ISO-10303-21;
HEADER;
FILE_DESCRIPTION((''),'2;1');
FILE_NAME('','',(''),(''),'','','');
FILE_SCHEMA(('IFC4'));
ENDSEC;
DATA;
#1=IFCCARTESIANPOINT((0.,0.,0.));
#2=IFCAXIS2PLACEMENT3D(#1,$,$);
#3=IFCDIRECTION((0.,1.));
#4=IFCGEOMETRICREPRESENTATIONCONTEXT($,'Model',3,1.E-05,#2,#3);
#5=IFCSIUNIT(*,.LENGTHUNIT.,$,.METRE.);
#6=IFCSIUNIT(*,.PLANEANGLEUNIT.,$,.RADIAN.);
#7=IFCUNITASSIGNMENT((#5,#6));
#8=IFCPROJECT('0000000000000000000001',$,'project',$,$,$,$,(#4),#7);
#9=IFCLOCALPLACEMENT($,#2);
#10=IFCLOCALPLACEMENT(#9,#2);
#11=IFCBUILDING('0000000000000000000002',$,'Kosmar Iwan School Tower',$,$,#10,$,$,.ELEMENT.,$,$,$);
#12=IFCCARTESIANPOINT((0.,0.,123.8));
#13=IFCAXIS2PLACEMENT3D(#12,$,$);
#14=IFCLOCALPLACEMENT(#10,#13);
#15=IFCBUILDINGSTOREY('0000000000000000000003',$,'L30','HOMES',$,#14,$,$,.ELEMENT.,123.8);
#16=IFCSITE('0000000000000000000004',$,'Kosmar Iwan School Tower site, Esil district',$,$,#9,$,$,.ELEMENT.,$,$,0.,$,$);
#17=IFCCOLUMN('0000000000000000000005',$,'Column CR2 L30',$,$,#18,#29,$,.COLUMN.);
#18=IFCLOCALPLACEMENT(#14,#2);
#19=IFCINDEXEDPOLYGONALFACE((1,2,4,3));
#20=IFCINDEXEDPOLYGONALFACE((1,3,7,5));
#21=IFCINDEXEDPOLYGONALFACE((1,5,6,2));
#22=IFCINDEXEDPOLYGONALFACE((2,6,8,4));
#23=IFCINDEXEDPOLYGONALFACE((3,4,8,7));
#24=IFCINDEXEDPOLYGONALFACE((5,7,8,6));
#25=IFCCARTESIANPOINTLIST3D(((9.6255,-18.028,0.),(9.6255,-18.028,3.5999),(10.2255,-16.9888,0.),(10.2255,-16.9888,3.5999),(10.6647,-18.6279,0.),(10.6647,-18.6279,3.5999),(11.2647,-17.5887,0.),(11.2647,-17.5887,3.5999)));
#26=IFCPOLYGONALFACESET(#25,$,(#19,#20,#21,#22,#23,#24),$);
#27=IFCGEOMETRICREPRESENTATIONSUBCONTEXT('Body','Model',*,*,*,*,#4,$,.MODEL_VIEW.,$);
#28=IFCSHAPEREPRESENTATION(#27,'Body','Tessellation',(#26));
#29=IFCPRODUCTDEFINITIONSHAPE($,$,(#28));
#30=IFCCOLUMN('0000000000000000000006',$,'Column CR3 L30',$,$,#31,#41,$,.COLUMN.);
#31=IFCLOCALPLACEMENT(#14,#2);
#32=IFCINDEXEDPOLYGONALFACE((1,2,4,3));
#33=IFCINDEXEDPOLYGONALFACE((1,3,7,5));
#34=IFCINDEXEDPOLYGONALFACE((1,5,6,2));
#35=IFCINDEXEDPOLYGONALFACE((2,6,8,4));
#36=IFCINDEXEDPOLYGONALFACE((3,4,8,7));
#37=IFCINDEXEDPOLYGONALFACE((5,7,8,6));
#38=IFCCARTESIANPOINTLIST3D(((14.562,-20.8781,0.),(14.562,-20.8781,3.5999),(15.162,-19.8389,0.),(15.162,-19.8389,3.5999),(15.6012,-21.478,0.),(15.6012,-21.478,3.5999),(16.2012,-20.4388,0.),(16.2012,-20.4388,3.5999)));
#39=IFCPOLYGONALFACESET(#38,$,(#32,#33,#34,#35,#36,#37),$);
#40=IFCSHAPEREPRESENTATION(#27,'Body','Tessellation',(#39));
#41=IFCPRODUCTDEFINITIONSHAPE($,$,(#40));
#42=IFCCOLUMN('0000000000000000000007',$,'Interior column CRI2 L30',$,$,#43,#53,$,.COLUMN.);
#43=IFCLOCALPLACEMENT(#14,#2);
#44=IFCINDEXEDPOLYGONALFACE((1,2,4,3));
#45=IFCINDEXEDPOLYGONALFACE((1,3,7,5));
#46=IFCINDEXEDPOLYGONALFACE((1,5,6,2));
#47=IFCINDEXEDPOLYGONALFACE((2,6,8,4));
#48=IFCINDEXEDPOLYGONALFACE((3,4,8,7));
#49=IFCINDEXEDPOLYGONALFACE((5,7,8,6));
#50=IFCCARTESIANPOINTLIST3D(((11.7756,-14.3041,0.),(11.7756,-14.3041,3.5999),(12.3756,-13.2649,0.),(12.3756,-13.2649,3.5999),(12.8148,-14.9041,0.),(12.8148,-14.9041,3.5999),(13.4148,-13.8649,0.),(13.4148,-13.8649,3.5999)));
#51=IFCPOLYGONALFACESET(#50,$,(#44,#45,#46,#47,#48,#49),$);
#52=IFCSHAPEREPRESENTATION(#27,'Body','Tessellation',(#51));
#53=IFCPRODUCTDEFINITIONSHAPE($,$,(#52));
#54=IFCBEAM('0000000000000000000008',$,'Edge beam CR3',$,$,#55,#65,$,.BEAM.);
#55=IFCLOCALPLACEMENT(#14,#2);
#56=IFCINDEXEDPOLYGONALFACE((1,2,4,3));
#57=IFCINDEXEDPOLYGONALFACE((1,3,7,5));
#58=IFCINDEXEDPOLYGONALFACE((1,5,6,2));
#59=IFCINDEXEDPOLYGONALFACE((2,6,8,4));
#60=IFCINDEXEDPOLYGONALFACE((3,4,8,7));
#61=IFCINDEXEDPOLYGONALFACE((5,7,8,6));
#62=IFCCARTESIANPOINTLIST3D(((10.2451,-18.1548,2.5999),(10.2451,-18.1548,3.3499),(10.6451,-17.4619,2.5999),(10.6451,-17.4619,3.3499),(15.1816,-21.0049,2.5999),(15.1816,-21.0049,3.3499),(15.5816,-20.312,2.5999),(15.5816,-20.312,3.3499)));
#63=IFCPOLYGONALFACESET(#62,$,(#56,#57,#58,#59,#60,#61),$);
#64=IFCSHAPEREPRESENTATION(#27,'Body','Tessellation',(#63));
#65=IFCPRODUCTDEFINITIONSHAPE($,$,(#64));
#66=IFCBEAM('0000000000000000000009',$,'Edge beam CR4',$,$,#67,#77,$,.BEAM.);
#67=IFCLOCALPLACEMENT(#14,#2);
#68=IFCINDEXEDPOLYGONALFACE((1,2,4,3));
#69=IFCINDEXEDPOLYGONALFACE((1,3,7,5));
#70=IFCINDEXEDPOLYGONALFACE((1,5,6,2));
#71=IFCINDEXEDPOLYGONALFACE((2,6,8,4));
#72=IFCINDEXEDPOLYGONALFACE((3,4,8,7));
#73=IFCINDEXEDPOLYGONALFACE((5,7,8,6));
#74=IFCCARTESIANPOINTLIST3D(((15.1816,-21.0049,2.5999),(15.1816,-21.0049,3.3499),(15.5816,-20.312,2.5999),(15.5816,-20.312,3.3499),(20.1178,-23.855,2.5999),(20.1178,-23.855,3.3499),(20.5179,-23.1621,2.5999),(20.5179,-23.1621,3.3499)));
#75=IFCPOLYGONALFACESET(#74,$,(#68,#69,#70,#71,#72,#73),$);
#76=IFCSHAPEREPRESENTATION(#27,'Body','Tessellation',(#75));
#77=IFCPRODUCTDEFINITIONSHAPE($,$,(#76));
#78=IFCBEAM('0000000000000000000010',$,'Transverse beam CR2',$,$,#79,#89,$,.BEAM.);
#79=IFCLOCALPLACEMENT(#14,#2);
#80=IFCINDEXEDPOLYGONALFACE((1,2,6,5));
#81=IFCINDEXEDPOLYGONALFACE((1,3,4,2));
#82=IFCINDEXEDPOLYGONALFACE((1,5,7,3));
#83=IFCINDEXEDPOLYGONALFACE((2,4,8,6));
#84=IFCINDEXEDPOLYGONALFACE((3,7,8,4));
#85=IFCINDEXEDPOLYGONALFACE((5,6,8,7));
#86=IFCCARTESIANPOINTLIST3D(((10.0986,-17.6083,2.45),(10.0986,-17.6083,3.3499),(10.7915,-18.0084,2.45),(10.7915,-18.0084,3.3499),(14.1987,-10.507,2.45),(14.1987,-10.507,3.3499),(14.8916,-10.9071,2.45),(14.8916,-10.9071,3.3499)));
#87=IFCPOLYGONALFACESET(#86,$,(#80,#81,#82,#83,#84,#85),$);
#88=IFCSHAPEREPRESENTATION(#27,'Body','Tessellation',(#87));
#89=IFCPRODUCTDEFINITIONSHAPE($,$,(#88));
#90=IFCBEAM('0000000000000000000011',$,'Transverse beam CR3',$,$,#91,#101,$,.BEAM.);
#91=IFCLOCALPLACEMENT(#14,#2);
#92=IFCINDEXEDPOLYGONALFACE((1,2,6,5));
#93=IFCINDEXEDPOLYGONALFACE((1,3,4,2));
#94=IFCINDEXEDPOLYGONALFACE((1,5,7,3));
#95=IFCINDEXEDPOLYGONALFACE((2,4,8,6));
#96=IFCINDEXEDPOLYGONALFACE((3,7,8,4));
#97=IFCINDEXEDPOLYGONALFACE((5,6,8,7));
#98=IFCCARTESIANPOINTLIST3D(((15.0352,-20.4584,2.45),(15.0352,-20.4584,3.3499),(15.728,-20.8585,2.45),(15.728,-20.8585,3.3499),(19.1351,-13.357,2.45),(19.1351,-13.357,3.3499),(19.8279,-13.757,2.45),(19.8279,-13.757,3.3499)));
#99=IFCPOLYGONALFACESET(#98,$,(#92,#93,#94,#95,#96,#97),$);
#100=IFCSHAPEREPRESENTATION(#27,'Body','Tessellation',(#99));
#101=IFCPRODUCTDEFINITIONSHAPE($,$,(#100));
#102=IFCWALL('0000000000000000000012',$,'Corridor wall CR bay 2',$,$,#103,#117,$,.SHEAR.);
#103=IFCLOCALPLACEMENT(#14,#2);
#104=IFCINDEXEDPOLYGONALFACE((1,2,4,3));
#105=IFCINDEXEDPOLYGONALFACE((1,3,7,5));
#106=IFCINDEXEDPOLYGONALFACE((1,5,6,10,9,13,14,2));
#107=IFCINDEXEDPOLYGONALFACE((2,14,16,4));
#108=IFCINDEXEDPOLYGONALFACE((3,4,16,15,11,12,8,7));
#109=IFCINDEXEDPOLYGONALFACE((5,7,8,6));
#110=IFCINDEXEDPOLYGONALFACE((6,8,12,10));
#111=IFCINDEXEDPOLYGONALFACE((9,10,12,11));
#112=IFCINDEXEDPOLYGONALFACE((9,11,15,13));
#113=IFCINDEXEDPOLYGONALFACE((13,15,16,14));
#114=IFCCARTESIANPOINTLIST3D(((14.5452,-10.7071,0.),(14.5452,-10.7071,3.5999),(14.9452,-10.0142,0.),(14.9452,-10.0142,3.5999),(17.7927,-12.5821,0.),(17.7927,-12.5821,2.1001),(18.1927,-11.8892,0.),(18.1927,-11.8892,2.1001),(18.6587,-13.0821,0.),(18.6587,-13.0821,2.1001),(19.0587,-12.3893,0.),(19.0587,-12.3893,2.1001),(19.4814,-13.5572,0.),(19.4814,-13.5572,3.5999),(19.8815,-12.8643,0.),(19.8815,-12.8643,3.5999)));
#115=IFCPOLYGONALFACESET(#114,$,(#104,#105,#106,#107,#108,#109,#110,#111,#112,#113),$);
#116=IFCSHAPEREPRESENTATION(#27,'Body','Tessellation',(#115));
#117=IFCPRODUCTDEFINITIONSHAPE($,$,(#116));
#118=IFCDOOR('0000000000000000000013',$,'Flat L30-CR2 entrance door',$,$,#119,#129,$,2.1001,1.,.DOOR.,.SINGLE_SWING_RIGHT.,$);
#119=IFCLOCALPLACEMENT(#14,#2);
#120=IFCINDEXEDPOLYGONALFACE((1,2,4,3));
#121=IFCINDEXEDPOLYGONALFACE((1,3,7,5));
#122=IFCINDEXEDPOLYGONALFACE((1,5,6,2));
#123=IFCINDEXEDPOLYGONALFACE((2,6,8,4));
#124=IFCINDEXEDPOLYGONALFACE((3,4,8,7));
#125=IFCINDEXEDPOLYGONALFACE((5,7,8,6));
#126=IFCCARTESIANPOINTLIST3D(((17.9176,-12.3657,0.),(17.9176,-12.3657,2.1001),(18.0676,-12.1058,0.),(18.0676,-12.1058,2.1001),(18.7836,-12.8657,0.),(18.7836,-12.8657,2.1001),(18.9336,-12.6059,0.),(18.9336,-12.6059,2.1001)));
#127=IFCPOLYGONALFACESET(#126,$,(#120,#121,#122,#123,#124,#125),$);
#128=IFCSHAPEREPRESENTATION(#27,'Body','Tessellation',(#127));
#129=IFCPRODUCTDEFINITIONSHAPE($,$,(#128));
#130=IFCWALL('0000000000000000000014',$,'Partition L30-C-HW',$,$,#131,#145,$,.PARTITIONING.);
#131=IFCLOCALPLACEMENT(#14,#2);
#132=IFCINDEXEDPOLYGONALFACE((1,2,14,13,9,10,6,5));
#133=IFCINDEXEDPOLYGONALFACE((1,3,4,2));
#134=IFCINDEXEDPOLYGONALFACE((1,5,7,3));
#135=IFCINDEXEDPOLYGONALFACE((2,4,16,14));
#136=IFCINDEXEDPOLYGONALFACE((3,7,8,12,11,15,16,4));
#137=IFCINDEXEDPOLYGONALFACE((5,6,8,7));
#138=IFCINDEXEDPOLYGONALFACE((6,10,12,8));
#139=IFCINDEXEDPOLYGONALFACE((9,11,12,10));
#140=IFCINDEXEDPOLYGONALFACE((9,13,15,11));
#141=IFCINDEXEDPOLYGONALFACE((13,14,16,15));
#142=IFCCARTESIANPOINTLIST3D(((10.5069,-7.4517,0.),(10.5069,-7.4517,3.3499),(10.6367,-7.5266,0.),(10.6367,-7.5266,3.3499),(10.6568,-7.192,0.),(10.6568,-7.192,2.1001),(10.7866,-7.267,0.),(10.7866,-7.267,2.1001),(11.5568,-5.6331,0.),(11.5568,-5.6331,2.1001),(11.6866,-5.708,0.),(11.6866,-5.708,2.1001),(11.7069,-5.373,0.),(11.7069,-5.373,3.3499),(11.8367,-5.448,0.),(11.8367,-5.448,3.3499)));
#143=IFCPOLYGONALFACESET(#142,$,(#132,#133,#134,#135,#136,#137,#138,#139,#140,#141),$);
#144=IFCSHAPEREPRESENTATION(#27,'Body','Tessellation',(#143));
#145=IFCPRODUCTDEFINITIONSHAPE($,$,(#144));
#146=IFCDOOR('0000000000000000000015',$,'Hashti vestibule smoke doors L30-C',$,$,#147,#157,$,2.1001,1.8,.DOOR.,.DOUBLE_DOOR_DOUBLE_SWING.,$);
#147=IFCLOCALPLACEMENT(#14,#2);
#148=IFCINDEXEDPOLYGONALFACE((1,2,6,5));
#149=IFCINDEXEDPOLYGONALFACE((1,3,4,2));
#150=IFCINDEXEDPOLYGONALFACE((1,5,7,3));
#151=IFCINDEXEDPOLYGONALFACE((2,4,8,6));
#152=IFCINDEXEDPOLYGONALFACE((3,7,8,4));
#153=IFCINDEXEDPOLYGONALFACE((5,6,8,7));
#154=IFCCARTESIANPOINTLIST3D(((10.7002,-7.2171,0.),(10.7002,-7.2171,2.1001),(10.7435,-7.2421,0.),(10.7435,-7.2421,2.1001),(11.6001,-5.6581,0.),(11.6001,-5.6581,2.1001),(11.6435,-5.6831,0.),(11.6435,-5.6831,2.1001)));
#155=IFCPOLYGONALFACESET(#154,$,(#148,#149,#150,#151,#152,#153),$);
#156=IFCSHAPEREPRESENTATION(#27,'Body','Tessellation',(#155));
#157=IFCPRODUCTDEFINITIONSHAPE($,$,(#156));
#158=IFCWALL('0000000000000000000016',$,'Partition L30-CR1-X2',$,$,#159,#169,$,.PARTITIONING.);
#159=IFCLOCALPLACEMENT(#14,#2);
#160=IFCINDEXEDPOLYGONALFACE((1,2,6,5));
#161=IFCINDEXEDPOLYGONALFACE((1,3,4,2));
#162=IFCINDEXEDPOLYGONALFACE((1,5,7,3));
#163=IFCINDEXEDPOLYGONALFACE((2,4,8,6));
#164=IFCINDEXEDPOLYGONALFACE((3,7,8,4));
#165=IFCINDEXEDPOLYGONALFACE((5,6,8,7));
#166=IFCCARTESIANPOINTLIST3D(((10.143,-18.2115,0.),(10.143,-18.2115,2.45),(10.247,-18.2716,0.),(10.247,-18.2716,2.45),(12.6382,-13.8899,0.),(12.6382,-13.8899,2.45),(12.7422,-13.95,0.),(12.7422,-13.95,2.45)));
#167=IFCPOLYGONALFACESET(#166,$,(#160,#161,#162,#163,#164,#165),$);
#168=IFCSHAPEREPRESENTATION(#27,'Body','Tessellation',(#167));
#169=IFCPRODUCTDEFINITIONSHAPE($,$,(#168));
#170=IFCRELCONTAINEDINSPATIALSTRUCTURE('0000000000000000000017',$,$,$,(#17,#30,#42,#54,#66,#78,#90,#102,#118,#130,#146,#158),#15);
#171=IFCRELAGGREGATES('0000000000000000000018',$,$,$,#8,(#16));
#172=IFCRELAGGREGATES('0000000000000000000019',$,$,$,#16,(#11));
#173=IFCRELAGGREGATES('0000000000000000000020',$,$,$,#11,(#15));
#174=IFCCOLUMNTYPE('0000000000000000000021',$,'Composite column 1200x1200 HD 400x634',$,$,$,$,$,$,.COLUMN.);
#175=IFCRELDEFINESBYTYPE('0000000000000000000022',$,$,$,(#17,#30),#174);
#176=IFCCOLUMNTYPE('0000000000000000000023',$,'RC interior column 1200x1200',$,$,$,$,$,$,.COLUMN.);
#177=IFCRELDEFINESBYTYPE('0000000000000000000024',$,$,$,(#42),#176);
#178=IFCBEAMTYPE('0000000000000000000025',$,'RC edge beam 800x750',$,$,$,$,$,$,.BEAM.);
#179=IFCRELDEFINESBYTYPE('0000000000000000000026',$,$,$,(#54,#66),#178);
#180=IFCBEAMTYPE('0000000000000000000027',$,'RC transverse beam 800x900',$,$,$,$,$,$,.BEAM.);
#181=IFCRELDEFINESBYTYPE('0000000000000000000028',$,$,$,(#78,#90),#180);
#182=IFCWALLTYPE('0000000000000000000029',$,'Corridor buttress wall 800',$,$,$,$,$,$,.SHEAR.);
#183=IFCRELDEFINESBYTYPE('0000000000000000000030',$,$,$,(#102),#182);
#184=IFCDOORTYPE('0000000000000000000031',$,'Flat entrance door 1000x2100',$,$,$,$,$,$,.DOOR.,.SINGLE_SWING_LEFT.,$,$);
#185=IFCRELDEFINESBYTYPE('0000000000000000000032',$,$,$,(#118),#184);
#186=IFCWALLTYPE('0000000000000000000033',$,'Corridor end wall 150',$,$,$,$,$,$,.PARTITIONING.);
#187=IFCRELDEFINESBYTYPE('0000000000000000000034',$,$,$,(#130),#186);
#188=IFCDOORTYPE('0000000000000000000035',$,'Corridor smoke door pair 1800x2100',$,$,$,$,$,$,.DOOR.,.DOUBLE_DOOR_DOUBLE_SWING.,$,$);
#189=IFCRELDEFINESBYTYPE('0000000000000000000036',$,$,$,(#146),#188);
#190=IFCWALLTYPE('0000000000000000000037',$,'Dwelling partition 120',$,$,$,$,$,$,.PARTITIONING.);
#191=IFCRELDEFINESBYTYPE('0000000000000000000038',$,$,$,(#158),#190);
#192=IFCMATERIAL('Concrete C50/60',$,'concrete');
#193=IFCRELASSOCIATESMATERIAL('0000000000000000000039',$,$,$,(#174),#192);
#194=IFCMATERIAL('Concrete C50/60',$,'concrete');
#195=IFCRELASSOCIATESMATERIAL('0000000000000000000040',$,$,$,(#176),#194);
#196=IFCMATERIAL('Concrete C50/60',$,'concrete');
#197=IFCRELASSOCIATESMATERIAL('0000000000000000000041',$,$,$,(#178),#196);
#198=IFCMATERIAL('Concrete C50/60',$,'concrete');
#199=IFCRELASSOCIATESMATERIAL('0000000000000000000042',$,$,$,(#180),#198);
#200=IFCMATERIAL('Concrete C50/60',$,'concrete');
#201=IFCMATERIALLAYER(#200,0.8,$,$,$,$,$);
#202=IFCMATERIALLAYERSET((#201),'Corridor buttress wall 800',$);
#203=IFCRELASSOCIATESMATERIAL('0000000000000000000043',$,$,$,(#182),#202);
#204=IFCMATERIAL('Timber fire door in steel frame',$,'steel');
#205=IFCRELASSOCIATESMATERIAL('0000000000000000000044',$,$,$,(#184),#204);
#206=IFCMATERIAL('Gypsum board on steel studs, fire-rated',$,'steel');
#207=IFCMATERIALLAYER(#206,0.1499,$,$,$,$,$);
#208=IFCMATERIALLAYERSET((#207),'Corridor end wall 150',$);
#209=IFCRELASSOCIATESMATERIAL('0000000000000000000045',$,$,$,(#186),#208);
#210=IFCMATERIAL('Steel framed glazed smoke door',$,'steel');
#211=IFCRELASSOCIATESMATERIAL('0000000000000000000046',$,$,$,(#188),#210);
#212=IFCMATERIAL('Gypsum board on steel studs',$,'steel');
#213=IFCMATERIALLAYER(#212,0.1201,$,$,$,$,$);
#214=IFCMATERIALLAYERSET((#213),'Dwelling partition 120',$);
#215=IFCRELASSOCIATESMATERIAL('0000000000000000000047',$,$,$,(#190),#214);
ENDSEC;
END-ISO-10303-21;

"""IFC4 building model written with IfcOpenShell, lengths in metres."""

from ifc_helpers import new_model, si_unit, direction, frame, frame_2d, origin, origin_2d, place, context, subcontext, project, spatial, rectangle, extrude, material, layer, layer_set, material_profile, profile_set, type_object, element, fill, save


model = new_model("IFC4")

# Units and contexts
model_context = context("Model", 3, precision=1e-05, world=origin(), true_north=direction((0.0, 1.0)))
body_context = subcontext(model_context, "Body", "Model", "MODEL_VIEW")
ifc_project = project(units=[si_unit("LENGTHUNIT", "METRE"), si_unit("PLANEANGLEUNIT", "RADIAN")], contexts=[model_context])

# Site, building, storey
site_placement = place(None, origin())
site = spatial("IfcSite", under=ifc_project, at=site_placement, Name="Kosmar Iwan School Tower site, Esil district", CompositionType="ELEMENT", RefElevation=0.0)
building_placement = place(site_placement, origin())
building = spatial("IfcBuilding", under=site, at=building_placement, Name="Kosmar Iwan School Tower", CompositionType="ELEMENT")
storey_placement = place(building_placement, frame((0.0, 0.0, 123.8)))
storey = spatial("IfcBuildingStorey", under=building, at=storey_placement, Name="L30", Description="HOMES", CompositionType="ELEMENT", Elevation=123.8)

# Columns
ifc_material_1 = material(Name="Concrete C50/60", Category="concrete")
ifc_material_profile_1 = material_profile(ifc_material_1, rectangle(XDim=1.2, YDim=1.2, at=origin_2d()), Name="RC 1200x1200 + HD 400x634")
ifc_profile_set_1 = profile_set([ifc_material_profile_1], Name="Concrete C50/60")
column_type_1 = type_object("IfcColumnType", Name="Composite column 1200x1200 HD 400x634", PredefinedType="COLUMN", material=ifc_profile_set_1)
for number, where, z_axis, x_axis, name in (
    (1, (10.4451, -17.8083, 0.0), (0.0, 0.0, 1.0), (0.866025, -0.5, 0.0), "Column CR2 L30"),
    (2, (15.3816, -20.6584, 0.0), (0.0, 0.0, 1.0), (0.866025, -0.5, 0.0), "Column CR3 L30"),
):
    element("IfcColumn", number, at=place(storey_placement, frame(where, z_axis=z_axis, x_axis=x_axis)), inside=storey, type_object=column_type_1, Name=name, PredefinedType="COLUMN", context=body_context, shape_type="SweptSolid", body=[
        extrude(rectangle(XDim=1.2, YDim=1.2, at=origin_2d()), origin(), (0.0, 0.0, 1.0), 3.5999),
    ])
ifc_material_2 = material(Name="Concrete C50/60", Category="concrete")
ifc_material_profile_2 = material_profile(ifc_material_2, rectangle(XDim=1.2, YDim=1.2, at=origin_2d()), Name="RC 1200x1200")
ifc_profile_set_2 = profile_set([ifc_material_profile_2], Name="Concrete C50/60")
column_type_2 = type_object("IfcColumnType", Name="RC interior column 1200x1200", PredefinedType="COLUMN", material=ifc_profile_set_2)
column_placement = place(storey_placement, frame((12.5952, -14.0845, 0.0), z_axis=(0.0, 0.0, 1.0), x_axis=(0.866025, -0.5, 0.0)))
element("IfcColumn", 3, at=column_placement, inside=storey, type_object=column_type_2, Name="Interior column CRI2 L30", PredefinedType="COLUMN", context=body_context, shape_type="SweptSolid", body=[
    extrude(rectangle(XDim=1.2, YDim=1.2, at=origin_2d()), origin(), (0.0, 0.0, 1.0), 3.5999),
])

# Beams
ifc_material_3 = material(Name="Concrete C50/60", Category="concrete")
ifc_material_profile_3 = material_profile(ifc_material_3, rectangle(XDim=0.8, YDim=0.75, at=origin_2d()), Name="RC 800x750")
ifc_profile_set_3 = profile_set([ifc_material_profile_3], Name="Concrete C50/60")
beam_type_1 = type_object("IfcBeamType", Name="RC edge beam 800x750", PredefinedType="BEAM", material=ifc_profile_set_3)
beam_1_placement = place(storey_placement, frame((10.4451, -17.8083, 2.9749), z_axis=(0.866026, -0.499999, 0.0), x_axis=(0.499999, 0.866026, 0.0)))
element("IfcBeam", 4, at=beam_1_placement, inside=storey, type_object=beam_type_1, Name="Edge beam CR3", PredefinedType="BEAM", context=body_context, shape_type="SweptSolid", body=[
    extrude(rectangle(XDim=0.8, YDim=0.75, at=origin_2d()), origin(), (0.0, 0.0, 1.0), 5.7002),
])
beam_2_placement = place(storey_placement, frame((15.3816, -20.6584, 2.9749), z_axis=(0.866015, -0.500018, 0.0), x_axis=(0.500018, 0.866015, 0.0)))
element("IfcBeam", 5, at=beam_2_placement, inside=storey, type_object=beam_type_1, Name="Edge beam CR4", PredefinedType="BEAM", context=body_context, shape_type="SweptSolid", body=[
    extrude(rectangle(XDim=0.8, YDim=0.75, at=origin_2d()), origin(), (0.0, 0.0, 1.0), 5.7),
])
ifc_material_4 = material(Name="Concrete C50/60", Category="concrete")
ifc_material_profile_4 = material_profile(ifc_material_4, rectangle(XDim=0.8, YDim=0.8999, at=origin_2d()), Name="RC 800x900")
ifc_profile_set_4 = profile_set([ifc_material_profile_4], Name="Concrete C50/60")
beam_type_2 = type_object("IfcBeamType", Name="RC transverse beam 800x900", PredefinedType="BEAM", material=ifc_profile_set_4)
for number, where, z_axis, x_axis, name in (
    (6, (10.4451, -17.8083, 2.8999), (0.500014, 0.866018, 0.0), (-0.866018, 0.500014, 0.0), "Transverse beam CR2"),
    (7, (15.3816, -20.6584, 2.8999), (0.499991, 0.86603, 0.0), (-0.86603, 0.499991, 0.0), "Transverse beam CR3"),
):
    element("IfcBeam", number, at=place(storey_placement, frame(where, z_axis=z_axis, x_axis=x_axis)), inside=storey, type_object=beam_type_2, Name=name, PredefinedType="BEAM", context=body_context, shape_type="SweptSolid", body=[
        extrude(rectangle(XDim=0.8, YDim=0.8999, at=origin_2d()), origin(), (0.0, 0.0, 1.0), 8.2),
    ])

# Walls, openings, doors
ifc_material_5 = material(Name="Concrete C50/60", Category="concrete")
ifc_layer_1 = layer(ifc_material_5, 0.8)
ifc_layer_set_1 = layer_set([ifc_layer_1], Name="Corridor buttress wall 800")
wall_type_1 = type_object("IfcWallType", Name="Corridor buttress wall 800", PredefinedType="SHEAR", material=ifc_layer_set_1)
wall_1_placement = place(storey_placement, frame((14.7451, -10.3606, 0.0), z_axis=(0.0, 0.0, 1.0), x_axis=(0.866015, -0.500018, 0.0)))
wall_1 = element("IfcWall", 8, at=wall_1_placement, inside=storey, type_object=wall_type_1, Name="Corridor wall CR bay 2", PredefinedType="SHEAR", context=body_context, shape_type="SweptSolid", body=[
    extrude(rectangle(XDim=5.7, YDim=0.8, at=frame_2d((2.8501, 0.0))), origin(), (0.0, 0.0, 1.0), 3.5999),
])
opening_1_placement = place(wall_1_placement, frame((3.75, 0.0, 0.0)))
opening_1 = element("IfcOpeningElement", 9, at=opening_1_placement, cuts=wall_1, PredefinedType="OPENING", context=body_context, shape_type="SweptSolid", body=[
    extrude(rectangle(XDim=1.0, YDim=2.1001, at=frame_2d((0.5, 1.05))), frame((0.0, 0.4121, 0.0), z_axis=(0.0, -1.0, 0.0), x_axis=(1.0, 0.0, 0.0)), (0.0, 0.0, 1.0), 0.824),
])
ifc_material_6 = material(Name="Timber fire door in steel frame", Category="steel")
door_type_1 = type_object("IfcDoorType", Name="Flat entrance door 1000x2100", OperationType="SINGLE_SWING_LEFT", PredefinedType="DOOR", material=ifc_material_6)
door_1_placement = place(opening_1_placement, origin())
door_1 = element("IfcDoor", 10, at=door_1_placement, inside=storey, type_object=door_type_1, Name="Flat L30-CR2 entrance door", OperationType="SINGLE_SWING_RIGHT", OverallHeight=2.1001, OverallWidth=1.0, PredefinedType="DOOR", context=body_context, shape_type="SweptSolid", body=[
    extrude(rectangle(XDim=1.0, YDim=2.1001, at=frame_2d((0.5, 1.05))), frame((0.0, 0.1499, 0.0), z_axis=(0.0, -1.0, 0.0), x_axis=(1.0, 0.0, 0.0)), (0.0, 0.0, 1.0), 0.3),
])
fill(opening_1, door_1)
ifc_material_7 = material(Name="Gypsum board on steel studs, fire-rated", Category="steel")
ifc_layer_2 = layer(ifc_material_7, 0.1499)
ifc_layer_set_2 = layer_set([ifc_layer_2], Name="Corridor end wall 150")
wall_type_2 = type_object("IfcWallType", Name="Corridor end wall 150", PredefinedType="PARTITIONING", material=ifc_layer_set_2)
wall_2_placement = place(storey_placement, frame((10.5718, -7.4893, 0.0), z_axis=(0.0, 0.0, 1.0), x_axis=(0.499957, 0.86605, 0.0)))
wall_2 = element("IfcWall", 11, at=wall_2_placement, inside=storey, type_object=wall_type_2, Name="Partition L30-C-HW", PredefinedType="PARTITIONING", context=body_context, shape_type="SweptSolid", body=[
    extrude(rectangle(XDim=2.4001, YDim=0.1499, at=frame_2d((1.2002, 0.0))), origin(), (0.0, 0.0, 1.0), 3.3499),
])
opening_2_placement = place(wall_2_placement, frame((0.3, 0.0, 0.0)))
opening_2 = element("IfcOpeningElement", 12, at=opening_2_placement, cuts=wall_2, PredefinedType="OPENING", context=body_context, shape_type="SweptSolid", body=[
    extrude(rectangle(XDim=1.8, YDim=2.1001, at=frame_2d((0.8999, 1.05))), frame((0.0, 0.0869, 0.0), z_axis=(0.0, -1.0, 0.0), x_axis=(1.0, 0.0, 0.0)), (0.0, 0.0, 1.0), 0.1738),
])
ifc_material_8 = material(Name="Steel framed glazed smoke door", Category="steel")
door_type_2 = type_object("IfcDoorType", Name="Corridor smoke door pair 1800x2100", OperationType="DOUBLE_DOOR_DOUBLE_SWING", PredefinedType="DOOR", material=ifc_material_8)
door_2_placement = place(opening_2_placement, origin())
door_2 = element("IfcDoor", 13, at=door_2_placement, inside=storey, type_object=door_type_2, Name="Hashti vestibule smoke doors L30-C", OperationType="DOUBLE_DOOR_DOUBLE_SWING", OverallHeight=2.1001, OverallWidth=1.8, PredefinedType="DOOR", context=body_context, shape_type="SweptSolid", body=[
    extrude(rectangle(XDim=1.8, YDim=2.1001, at=frame_2d((0.8999, 1.05))), frame((0.0, 0.0249, 0.0), z_axis=(0.0, -1.0, 0.0), x_axis=(1.0, 0.0, 0.0)), (0.0, 0.0, 1.0), 0.05),
])
fill(opening_2, door_2)

# Wall
ifc_material_9 = material(Name="Gypsum board on steel studs", Category="steel")
ifc_layer_3 = layer(ifc_material_9, 0.1201)
ifc_layer_set_3 = layer_set([ifc_layer_3], Name="Dwelling partition 120")
wall_type_3 = type_object("IfcWallType", Name="Dwelling partition 120", PredefinedType="PARTITIONING", material=ifc_layer_set_3)
wall_3_placement = place(storey_placement, frame((12.6902, -13.9199, 0.0), z_axis=(0.0, 0.0, 1.0), x_axis=(-0.500012, -0.866019, 0.0)))
element("IfcWall", 14, at=wall_3_placement, inside=storey, type_object=wall_type_3, Name="Partition L30-CR1-X2", PredefinedType="PARTITIONING", context=body_context, shape_type="SweptSolid", body=[
    extrude(rectangle(XDim=4.9902, YDim=0.1201, at=frame_2d((2.4951, 0.0))), origin(), (0.0, 0.0, 1.0), 2.45),
])

save(model, "model.ifc")
